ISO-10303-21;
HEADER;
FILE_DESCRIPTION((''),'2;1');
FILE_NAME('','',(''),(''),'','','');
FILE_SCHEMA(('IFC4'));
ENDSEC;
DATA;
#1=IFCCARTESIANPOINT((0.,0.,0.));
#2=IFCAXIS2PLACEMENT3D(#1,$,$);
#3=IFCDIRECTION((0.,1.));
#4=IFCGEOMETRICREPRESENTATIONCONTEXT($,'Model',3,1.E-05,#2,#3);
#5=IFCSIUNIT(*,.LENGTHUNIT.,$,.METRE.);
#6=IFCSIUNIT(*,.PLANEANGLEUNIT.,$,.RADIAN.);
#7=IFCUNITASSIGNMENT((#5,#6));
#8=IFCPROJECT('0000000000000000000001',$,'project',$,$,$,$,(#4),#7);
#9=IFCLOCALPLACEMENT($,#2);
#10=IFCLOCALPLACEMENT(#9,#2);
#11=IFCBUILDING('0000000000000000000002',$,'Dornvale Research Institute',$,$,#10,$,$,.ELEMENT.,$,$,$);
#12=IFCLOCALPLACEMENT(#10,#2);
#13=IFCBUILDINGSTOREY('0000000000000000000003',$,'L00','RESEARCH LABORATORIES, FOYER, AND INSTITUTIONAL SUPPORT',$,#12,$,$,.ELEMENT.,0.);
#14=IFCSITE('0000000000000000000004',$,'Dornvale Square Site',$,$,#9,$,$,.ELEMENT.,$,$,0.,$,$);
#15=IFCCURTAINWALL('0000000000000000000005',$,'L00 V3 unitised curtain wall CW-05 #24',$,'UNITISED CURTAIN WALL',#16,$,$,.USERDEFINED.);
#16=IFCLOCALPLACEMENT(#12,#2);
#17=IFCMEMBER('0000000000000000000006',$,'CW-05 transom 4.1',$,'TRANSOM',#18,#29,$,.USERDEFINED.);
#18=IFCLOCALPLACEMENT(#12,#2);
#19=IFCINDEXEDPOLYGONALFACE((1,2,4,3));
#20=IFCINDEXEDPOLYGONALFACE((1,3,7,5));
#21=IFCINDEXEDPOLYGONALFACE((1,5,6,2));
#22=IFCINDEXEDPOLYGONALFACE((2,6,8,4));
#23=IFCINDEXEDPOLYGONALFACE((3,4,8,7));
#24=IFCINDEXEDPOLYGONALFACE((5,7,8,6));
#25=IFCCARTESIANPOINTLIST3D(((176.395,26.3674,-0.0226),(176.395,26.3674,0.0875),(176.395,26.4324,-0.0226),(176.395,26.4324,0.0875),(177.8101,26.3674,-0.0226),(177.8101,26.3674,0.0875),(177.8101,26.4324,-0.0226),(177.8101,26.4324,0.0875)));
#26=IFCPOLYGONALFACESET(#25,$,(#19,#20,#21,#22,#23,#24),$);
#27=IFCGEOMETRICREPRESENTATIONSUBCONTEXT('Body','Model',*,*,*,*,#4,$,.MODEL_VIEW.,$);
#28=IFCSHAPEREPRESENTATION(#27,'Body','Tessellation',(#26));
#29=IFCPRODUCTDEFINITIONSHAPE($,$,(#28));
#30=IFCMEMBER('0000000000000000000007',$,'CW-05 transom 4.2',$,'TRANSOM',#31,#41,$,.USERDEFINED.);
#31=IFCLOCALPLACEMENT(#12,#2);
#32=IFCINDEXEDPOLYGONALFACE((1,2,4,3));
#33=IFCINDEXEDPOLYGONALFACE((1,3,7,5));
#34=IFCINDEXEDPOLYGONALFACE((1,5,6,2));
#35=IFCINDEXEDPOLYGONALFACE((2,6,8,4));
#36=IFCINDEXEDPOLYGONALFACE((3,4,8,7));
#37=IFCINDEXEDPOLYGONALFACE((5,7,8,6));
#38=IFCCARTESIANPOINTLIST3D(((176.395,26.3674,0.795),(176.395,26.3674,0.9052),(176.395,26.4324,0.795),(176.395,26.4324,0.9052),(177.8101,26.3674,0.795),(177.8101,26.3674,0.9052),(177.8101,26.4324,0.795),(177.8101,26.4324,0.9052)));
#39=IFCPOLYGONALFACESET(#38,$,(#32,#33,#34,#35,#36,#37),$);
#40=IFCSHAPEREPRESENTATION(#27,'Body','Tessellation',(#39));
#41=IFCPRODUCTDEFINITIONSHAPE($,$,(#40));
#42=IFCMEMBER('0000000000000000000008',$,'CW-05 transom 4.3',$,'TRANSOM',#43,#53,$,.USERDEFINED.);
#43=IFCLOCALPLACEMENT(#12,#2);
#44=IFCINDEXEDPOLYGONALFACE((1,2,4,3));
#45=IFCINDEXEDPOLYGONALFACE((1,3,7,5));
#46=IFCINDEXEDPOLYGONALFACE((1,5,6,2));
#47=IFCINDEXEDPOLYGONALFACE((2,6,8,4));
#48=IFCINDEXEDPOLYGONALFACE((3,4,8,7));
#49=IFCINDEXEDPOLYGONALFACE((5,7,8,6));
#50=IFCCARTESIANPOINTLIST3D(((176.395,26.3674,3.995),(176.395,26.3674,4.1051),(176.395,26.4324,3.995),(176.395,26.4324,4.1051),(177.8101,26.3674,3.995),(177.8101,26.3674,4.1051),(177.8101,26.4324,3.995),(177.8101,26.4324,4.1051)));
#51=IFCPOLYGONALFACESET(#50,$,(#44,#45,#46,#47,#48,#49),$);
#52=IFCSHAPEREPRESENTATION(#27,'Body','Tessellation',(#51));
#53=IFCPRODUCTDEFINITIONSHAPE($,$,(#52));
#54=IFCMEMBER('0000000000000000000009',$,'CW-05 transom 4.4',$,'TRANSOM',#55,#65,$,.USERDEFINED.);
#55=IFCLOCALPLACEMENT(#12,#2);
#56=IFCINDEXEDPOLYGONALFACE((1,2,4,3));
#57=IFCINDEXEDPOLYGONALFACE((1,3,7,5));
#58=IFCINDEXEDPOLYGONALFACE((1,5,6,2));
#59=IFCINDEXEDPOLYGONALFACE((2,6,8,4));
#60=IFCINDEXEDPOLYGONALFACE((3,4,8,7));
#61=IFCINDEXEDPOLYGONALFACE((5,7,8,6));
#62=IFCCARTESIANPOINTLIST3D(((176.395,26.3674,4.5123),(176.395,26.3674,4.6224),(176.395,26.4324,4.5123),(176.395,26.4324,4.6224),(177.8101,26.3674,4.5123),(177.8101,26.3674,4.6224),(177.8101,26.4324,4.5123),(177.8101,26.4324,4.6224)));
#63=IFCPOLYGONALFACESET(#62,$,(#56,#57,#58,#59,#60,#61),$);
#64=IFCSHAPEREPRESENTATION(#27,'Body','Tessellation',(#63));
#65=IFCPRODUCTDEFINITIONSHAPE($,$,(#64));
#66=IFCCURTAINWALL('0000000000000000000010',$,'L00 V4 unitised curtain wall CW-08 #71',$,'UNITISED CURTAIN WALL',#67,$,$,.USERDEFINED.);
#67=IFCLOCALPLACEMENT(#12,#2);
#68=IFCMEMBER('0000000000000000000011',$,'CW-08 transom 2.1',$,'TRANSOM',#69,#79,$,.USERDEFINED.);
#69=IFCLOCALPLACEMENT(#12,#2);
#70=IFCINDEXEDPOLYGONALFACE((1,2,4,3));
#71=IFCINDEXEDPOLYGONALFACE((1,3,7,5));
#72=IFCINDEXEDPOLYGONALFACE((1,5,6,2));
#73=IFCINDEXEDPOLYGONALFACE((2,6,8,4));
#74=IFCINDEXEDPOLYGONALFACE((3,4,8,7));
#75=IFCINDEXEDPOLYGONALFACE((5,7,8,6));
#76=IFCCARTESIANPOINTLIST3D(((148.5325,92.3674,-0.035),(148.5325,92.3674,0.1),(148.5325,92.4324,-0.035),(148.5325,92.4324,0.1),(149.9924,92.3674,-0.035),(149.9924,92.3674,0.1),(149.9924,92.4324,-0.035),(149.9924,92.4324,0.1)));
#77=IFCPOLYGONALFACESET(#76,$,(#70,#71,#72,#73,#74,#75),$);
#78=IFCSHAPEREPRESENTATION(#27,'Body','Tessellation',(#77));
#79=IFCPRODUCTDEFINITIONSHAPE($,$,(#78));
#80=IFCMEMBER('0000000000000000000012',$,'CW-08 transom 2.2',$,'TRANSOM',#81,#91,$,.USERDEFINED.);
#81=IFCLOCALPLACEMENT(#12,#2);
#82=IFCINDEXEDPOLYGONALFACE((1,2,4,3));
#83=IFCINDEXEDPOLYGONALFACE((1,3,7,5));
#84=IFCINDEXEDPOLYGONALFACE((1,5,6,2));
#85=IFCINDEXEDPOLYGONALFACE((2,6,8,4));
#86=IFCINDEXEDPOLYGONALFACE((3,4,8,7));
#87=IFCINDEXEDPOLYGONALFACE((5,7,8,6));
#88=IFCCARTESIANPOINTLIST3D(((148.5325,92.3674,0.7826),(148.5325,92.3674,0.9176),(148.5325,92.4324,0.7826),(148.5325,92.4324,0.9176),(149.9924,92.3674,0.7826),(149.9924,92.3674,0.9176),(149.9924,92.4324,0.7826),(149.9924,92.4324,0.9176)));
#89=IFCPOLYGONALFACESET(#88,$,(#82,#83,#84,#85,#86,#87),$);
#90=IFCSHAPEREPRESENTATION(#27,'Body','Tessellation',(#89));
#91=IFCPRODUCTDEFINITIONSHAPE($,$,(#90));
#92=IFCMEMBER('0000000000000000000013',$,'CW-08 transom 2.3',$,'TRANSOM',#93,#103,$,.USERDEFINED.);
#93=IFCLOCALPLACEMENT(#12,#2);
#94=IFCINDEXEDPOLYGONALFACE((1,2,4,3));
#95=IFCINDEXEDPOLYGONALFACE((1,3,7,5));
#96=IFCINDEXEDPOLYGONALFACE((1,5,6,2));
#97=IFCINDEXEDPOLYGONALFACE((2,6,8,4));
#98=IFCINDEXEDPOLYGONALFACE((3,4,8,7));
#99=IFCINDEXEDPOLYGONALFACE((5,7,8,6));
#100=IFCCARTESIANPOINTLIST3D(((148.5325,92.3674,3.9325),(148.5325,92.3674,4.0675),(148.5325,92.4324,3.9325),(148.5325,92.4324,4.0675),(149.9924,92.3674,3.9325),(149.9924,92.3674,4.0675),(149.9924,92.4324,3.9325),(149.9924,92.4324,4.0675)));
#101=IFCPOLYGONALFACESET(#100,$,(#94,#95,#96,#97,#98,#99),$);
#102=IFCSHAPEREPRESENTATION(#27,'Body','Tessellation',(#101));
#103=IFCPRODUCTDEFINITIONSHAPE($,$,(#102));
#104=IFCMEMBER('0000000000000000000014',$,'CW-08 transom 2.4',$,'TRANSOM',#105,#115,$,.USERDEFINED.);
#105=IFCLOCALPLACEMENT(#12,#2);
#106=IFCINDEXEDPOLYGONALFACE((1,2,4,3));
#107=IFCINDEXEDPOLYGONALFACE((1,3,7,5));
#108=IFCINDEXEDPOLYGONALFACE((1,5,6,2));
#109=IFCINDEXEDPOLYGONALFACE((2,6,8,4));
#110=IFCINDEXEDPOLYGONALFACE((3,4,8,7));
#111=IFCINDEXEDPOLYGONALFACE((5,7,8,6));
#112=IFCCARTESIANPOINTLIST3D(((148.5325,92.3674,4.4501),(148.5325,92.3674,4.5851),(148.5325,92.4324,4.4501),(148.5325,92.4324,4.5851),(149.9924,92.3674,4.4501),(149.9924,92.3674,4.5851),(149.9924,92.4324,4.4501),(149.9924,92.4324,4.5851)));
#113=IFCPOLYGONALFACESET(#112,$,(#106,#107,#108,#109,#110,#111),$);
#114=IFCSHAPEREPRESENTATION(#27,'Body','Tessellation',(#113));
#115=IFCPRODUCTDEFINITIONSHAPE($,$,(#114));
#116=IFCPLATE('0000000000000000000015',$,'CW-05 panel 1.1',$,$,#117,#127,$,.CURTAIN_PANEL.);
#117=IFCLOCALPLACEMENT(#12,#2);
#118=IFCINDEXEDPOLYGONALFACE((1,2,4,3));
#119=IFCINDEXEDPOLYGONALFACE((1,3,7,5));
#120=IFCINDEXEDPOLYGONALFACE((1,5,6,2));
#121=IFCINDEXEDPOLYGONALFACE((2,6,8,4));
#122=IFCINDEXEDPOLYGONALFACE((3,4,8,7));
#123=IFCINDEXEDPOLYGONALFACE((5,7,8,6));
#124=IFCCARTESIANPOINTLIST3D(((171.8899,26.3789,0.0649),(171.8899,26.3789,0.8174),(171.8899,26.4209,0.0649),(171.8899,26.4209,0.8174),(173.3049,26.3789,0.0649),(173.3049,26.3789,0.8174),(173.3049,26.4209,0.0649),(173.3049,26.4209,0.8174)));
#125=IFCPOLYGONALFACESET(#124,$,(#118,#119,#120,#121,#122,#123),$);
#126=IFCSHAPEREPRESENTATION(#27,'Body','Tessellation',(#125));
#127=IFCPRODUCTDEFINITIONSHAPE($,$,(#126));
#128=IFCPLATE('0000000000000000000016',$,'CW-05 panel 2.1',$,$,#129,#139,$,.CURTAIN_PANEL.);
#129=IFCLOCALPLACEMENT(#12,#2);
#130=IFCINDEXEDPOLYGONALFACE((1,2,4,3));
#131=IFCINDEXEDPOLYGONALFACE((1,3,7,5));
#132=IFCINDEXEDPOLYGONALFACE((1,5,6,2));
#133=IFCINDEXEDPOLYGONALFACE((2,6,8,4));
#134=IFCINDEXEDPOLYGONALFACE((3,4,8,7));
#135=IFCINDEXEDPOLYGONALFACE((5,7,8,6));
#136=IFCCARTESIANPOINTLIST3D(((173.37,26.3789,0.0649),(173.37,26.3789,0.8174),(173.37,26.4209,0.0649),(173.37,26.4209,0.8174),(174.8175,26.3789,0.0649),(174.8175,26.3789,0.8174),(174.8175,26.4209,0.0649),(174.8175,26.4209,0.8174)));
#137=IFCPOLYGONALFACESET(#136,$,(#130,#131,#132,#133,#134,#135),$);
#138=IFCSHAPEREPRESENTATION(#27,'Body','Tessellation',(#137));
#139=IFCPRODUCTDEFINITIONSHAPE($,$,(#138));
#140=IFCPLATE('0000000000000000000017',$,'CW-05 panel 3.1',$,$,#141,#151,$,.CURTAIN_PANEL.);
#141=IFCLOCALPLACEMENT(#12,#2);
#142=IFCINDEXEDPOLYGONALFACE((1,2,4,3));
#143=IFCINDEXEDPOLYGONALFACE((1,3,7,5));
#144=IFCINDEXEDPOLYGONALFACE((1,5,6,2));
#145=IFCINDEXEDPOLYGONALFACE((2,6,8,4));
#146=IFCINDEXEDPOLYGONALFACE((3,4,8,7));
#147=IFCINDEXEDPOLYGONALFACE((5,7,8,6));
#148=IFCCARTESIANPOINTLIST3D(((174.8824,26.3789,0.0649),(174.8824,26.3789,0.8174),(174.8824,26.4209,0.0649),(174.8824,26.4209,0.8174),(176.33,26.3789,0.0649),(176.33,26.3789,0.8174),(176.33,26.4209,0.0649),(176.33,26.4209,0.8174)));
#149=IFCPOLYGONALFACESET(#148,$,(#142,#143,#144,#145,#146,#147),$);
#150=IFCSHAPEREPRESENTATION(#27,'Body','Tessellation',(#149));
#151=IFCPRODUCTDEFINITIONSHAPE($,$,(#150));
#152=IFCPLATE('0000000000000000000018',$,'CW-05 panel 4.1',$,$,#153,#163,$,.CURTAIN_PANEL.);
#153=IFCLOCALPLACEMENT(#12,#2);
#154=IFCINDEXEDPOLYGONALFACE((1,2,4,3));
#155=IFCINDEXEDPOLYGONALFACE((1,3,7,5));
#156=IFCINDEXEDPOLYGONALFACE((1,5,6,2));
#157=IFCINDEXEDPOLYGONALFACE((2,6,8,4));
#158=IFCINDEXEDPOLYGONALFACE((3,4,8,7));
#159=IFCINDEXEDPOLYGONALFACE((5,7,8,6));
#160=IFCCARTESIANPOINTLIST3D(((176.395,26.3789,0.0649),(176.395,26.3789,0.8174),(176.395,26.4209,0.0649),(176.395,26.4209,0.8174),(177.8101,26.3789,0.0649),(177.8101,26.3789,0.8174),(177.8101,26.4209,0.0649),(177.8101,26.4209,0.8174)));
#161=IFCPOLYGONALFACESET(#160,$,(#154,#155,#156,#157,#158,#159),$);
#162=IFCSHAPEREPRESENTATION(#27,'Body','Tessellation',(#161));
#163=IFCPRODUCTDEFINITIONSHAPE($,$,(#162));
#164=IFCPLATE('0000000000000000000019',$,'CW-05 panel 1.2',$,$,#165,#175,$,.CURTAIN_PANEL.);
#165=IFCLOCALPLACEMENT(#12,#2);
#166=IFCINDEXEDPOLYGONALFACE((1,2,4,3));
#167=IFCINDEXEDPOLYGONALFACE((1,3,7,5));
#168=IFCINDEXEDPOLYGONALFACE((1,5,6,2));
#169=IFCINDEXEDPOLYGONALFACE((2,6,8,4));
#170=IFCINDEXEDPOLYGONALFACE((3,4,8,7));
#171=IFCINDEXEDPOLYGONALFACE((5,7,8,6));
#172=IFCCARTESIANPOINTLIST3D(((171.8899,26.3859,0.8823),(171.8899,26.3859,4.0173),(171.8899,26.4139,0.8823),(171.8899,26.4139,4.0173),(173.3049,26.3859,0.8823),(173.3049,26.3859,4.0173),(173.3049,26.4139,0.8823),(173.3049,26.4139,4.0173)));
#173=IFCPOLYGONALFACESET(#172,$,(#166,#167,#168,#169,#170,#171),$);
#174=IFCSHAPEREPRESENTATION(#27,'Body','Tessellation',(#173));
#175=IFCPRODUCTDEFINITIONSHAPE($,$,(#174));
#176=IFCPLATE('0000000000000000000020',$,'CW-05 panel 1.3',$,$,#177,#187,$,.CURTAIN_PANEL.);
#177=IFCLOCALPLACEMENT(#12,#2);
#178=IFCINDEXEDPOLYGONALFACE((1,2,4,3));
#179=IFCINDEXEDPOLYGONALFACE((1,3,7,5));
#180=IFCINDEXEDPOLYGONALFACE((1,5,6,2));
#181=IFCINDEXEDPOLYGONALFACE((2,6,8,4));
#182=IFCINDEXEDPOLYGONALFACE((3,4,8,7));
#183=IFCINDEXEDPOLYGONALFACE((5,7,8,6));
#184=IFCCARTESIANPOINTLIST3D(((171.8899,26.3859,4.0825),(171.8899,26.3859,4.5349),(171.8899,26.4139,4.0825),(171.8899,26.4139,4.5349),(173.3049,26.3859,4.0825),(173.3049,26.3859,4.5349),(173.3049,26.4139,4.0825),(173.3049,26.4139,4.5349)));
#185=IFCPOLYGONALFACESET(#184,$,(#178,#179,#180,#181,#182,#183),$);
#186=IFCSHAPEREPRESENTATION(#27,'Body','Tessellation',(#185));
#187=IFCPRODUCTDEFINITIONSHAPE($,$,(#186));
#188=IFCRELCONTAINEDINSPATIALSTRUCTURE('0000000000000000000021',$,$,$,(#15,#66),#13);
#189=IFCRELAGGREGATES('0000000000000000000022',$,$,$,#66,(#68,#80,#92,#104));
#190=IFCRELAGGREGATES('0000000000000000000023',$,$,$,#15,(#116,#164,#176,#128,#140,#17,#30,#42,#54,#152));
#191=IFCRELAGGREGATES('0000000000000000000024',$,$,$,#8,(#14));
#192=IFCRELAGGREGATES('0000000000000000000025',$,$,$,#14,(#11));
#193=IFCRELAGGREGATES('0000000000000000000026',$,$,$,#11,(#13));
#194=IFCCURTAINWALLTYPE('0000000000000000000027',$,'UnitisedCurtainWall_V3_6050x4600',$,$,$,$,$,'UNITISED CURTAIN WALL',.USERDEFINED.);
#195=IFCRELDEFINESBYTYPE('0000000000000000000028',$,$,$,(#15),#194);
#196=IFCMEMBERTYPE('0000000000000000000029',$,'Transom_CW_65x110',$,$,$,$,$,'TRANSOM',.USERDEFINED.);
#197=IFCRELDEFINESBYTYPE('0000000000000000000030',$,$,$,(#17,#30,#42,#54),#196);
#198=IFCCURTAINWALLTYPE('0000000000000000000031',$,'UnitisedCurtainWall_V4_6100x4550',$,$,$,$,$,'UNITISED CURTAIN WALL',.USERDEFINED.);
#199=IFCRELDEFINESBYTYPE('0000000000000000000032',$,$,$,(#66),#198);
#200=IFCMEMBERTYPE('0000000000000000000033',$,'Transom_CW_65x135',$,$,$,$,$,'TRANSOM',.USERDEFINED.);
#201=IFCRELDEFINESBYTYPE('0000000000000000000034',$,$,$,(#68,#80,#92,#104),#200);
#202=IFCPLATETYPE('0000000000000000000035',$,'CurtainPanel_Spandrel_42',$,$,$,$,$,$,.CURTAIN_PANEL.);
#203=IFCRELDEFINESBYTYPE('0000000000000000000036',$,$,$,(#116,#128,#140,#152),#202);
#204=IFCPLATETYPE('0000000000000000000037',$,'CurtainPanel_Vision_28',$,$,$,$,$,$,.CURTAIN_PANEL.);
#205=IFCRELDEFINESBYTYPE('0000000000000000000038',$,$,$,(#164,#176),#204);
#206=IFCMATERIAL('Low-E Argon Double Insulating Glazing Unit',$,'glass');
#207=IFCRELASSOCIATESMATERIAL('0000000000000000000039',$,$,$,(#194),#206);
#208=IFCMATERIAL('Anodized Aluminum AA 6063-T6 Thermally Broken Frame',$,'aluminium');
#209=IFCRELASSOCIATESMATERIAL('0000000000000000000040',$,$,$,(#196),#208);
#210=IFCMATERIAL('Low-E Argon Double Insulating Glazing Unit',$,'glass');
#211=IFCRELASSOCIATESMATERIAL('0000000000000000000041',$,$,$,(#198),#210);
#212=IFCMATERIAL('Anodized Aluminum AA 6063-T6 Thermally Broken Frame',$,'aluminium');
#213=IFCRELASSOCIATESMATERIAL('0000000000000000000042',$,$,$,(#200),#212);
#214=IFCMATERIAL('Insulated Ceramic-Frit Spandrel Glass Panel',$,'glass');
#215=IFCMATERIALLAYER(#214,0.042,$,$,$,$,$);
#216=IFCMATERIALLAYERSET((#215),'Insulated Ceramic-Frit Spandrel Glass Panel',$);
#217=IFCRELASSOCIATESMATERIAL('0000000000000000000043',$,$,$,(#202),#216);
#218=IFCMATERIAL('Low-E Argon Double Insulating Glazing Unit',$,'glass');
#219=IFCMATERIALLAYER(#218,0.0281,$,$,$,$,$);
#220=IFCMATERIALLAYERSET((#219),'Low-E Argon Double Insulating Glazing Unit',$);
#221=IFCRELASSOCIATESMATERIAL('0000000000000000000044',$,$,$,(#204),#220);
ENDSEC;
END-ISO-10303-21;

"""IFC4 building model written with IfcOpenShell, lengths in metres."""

from ifc_helpers import new_model, si_unit, direction, frame, origin, origin_2d, place, context, subcontext, project, spatial, rectangle, extrude, material, layer, layer_set, material_profile, profile_set, type_object, element, aggregate, save


model = new_model("IFC4")

# Units and contexts
model_context = context("Model", 3, precision=1e-05, world=origin(), true_north=direction((0.0, 1.0)))
body_context = subcontext(model_context, "Body", "Model", "MODEL_VIEW")
ifc_project = project(units=[si_unit("LENGTHUNIT", "METRE"), si_unit("PLANEANGLEUNIT", "RADIAN")], contexts=[model_context])

# Site, building, storey
site_placement = place(None, origin())
site = spatial("IfcSite", under=ifc_project, at=site_placement, Name="Dornvale Square Site", CompositionType="ELEMENT", RefElevation=0.0)
building_placement = place(site_placement, origin())
building = spatial("IfcBuilding", under=site, at=building_placement, Name="Dornvale Research Institute", CompositionType="ELEMENT")
storey_placement = place(building_placement, origin())
storey = spatial("IfcBuildingStorey", under=building, at=storey_placement, Name="L00", Description="RESEARCH LABORATORIES, FOYER, AND INSTITUTIONAL SUPPORT", CompositionType="ELEMENT", Elevation=0.0)

# Curtain walls, members
ifc_material_1 = material(Name="Low-E Argon Double Insulating Glazing Unit", Category="glass")
curtain_wall_type_1 = type_object("IfcCurtainWallType", Name="UnitisedCurtainWall_V3_6050x4600", ElementType="UNITISED CURTAIN WALL", PredefinedType="USERDEFINED", material=ifc_material_1)
curtain_wall_1_placement = place(storey_placement, origin())
curtain_wall_1 = element("IfcCurtainWall", 1, at=curtain_wall_1_placement, inside=storey, type_object=curtain_wall_type_1, Name="L00 V3 unitised curtain wall CW-05 #24", ObjectType="UNITISED CURTAIN WALL", PredefinedType="USERDEFINED")
ifc_material_2 = material(Name="Anodized Aluminum AA 6063-T6 Thermally Broken Frame", Category="aluminium")
ifc_material_profile_1 = material_profile(ifc_material_2, rectangle(XDim=0.0649, YDim=0.1101, at=origin_2d()), Name="ALU TRANSOM 65x110")
ifc_profile_set_1 = profile_set([ifc_material_profile_1], Name="Anodized Aluminum AA 6063-T6 Thermally Broken Frame")
member_type_1 = type_object("IfcMemberType", Name="Transom_CW_65x110", ElementType="TRANSOM", PredefinedType="USERDEFINED", material=ifc_profile_set_1)
member_1_placement = place(storey_placement, frame((176.395, 26.3999, 0.0325), z_axis=(1.0, 0.0, 0.0), x_axis=(0.0, 1.0, 0.0)))
member_1 = element("IfcMember", 2, at=member_1_placement, type_object=member_type_1, Name="CW-05 transom 4.1", ObjectType="TRANSOM", PredefinedType="USERDEFINED", context=body_context, shape_type="SweptSolid", body=[
    extrude(rectangle(XDim=0.0649, YDim=0.1101, at=origin_2d()), origin(), (0.0, 0.0, 1.0), 1.415),
])
member_2_placement = place(storey_placement, frame((176.395, 26.3999, 0.8501), z_axis=(1.0, 0.0, 0.0), x_axis=(0.0, 1.0, 0.0)))
member_2 = element("IfcMember", 3, at=member_2_placement, type_object=member_type_1, Name="CW-05 transom 4.2", ObjectType="TRANSOM", PredefinedType="USERDEFINED", context=body_context, shape_type="SweptSolid", body=[
    extrude(rectangle(XDim=0.0649, YDim=0.1101, at=origin_2d()), origin(), (0.0, 0.0, 1.0), 1.415),
])
member_3_placement = place(storey_placement, frame((176.395, 26.3999, 4.05), z_axis=(1.0, 0.0, 0.0), x_axis=(0.0, 1.0, 0.0)))
member_3 = element("IfcMember", 4, at=member_3_placement, type_object=member_type_1, Name="CW-05 transom 4.3", ObjectType="TRANSOM", PredefinedType="USERDEFINED", context=body_context, shape_type="SweptSolid", body=[
    extrude(rectangle(XDim=0.0649, YDim=0.1101, at=origin_2d()), origin(), (0.0, 0.0, 1.0), 1.415),
])
member_4_placement = place(storey_placement, frame((176.395, 26.3999, 4.5674), z_axis=(1.0, 0.0, 0.0), x_axis=(0.0, 1.0, 0.0)))
member_4 = element("IfcMember", 5, at=member_4_placement, type_object=member_type_1, Name="CW-05 transom 4.4", ObjectType="TRANSOM", PredefinedType="USERDEFINED", context=body_context, shape_type="SweptSolid", body=[
    extrude(rectangle(XDim=0.0649, YDim=0.1101, at=origin_2d()), origin(), (0.0, 0.0, 1.0), 1.415),
])
ifc_material_3 = material(Name="Low-E Argon Double Insulating Glazing Unit", Category="glass")
curtain_wall_type_2 = type_object("IfcCurtainWallType", Name="UnitisedCurtainWall_V4_6100x4550", ElementType="UNITISED CURTAIN WALL", PredefinedType="USERDEFINED", material=ifc_material_3)
curtain_wall_2_placement = place(storey_placement, origin())
curtain_wall_2 = element("IfcCurtainWall", 6, at=curtain_wall_2_placement, inside=storey, type_object=curtain_wall_type_2, Name="L00 V4 unitised curtain wall CW-08 #71", ObjectType="UNITISED CURTAIN WALL", PredefinedType="USERDEFINED")
ifc_material_4 = material(Name="Anodized Aluminum AA 6063-T6 Thermally Broken Frame", Category="aluminium")
ifc_material_profile_2 = material_profile(ifc_material_4, rectangle(XDim=0.0649, YDim=0.135, at=origin_2d()), Name="ALU TRANSOM 65x135")
ifc_profile_set_2 = profile_set([ifc_material_profile_2], Name="Anodized Aluminum AA 6063-T6 Thermally Broken Frame")
member_type_2 = type_object("IfcMemberType", Name="Transom_CW_65x135", ElementType="TRANSOM", PredefinedType="USERDEFINED", material=ifc_profile_set_2)
member_5_placement = place(storey_placement, frame((149.9924, 92.3999, 0.0325), z_axis=(-1.0, 0.0, 0.0), x_axis=(0.0, -1.0, 0.0)))
member_5 = element("IfcMember", 7, at=member_5_placement, type_object=member_type_2, Name="CW-08 transom 2.1", ObjectType="TRANSOM", PredefinedType="USERDEFINED", context=body_context, shape_type="SweptSolid", body=[
    extrude(rectangle(XDim=0.0649, YDim=0.135, at=origin_2d()), origin(), (0.0, 0.0, 1.0), 1.46),
])
member_6_placement = place(storey_placement, frame((149.9924, 92.3999, 0.8501), z_axis=(-1.0, 0.0, 0.0), x_axis=(0.0, -1.0, 0.0)))
member_6 = element("IfcMember", 8, at=member_6_placement, type_object=member_type_2, Name="CW-08 transom 2.2", ObjectType="TRANSOM", PredefinedType="USERDEFINED", context=body_context, shape_type="SweptSolid", body=[
    extrude(rectangle(XDim=0.0649, YDim=0.135, at=origin_2d()), origin(), (0.0, 0.0, 1.0), 1.46),
])
member_7_placement = place(storey_placement, frame((149.9924, 92.3999, 4.0), z_axis=(-1.0, 0.0, 0.0), x_axis=(0.0, -1.0, 0.0)))
member_7 = element("IfcMember", 9, at=member_7_placement, type_object=member_type_2, Name="CW-08 transom 2.3", ObjectType="TRANSOM", PredefinedType="USERDEFINED", context=body_context, shape_type="SweptSolid", body=[
    extrude(rectangle(XDim=0.0649, YDim=0.135, at=origin_2d()), origin(), (0.0, 0.0, 1.0), 1.46),
])
member_8_placement = place(storey_placement, frame((149.9924, 92.3999, 4.5176), z_axis=(-1.0, 0.0, 0.0), x_axis=(0.0, -1.0, 0.0)))
member_8 = element("IfcMember", 10, at=member_8_placement, type_object=member_type_2, Name="CW-08 transom 2.4", ObjectType="TRANSOM", PredefinedType="USERDEFINED", context=body_context, shape_type="SweptSolid", body=[
    extrude(rectangle(XDim=0.0649, YDim=0.135, at=origin_2d()), origin(), (0.0, 0.0, 1.0), 1.46),
])
aggregate(curtain_wall_2, [member_5, member_6, member_7, member_8])

# Plates
ifc_material_5 = material(Name="Insulated Ceramic-Frit Spandrel Glass Panel", Category="glass")
ifc_layer_1 = layer(ifc_material_5, 0.042)
ifc_layer_set_1 = layer_set([ifc_layer_1], Name="Insulated Ceramic-Frit Spandrel Glass Panel")
plate_type_1 = type_object("IfcPlateType", Name="CurtainPanel_Spandrel_42", PredefinedType="CURTAIN_PANEL", material=ifc_layer_set_1)
plate_1_placement = place(storey_placement, frame((172.5974, 26.3999, 0.0649), z_axis=(0.0, 0.0, 1.0), x_axis=(1.0, 0.0, 0.0)))
plate_1 = element("IfcPlate", 11, at=plate_1_placement, type_object=plate_type_1, Name="CW-05 panel 1.1", PredefinedType="CURTAIN_PANEL", context=body_context, shape_type="SweptSolid", body=[
    extrude(rectangle(XDim=1.415, YDim=0.042, at=origin_2d()), origin(), (0.0, 0.0, 1.0), 0.7524),
])
plate_2_placement = place(storey_placement, frame((174.0938, 26.3999, 0.0649), z_axis=(0.0, 0.0, 1.0), x_axis=(1.0, 0.0, 0.0)))
plate_2 = element("IfcPlate", 12, at=plate_2_placement, type_object=plate_type_1, Name="CW-05 panel 2.1", PredefinedType="CURTAIN_PANEL", context=body_context, shape_type="SweptSolid", body=[
    extrude(rectangle(XDim=1.4475, YDim=0.042, at=origin_2d()), origin(), (0.0, 0.0, 1.0), 0.7524),
])
plate_3_placement = place(storey_placement, frame((175.6062, 26.3999, 0.0649), z_axis=(0.0, 0.0, 1.0), x_axis=(1.0, 0.0, 0.0)))
plate_3 = element("IfcPlate", 13, at=plate_3_placement, type_object=plate_type_1, Name="CW-05 panel 3.1", PredefinedType="CURTAIN_PANEL", context=body_context, shape_type="SweptSolid", body=[
    extrude(rectangle(XDim=1.4475, YDim=0.042, at=origin_2d()), origin(), (0.0, 0.0, 1.0), 0.7524),
])
plate_4_placement = place(storey_placement, frame((177.1025, 26.3999, 0.0649), z_axis=(0.0, 0.0, 1.0), x_axis=(1.0, 0.0, 0.0)))
plate_4 = element("IfcPlate", 14, at=plate_4_placement, type_object=plate_type_1, Name="CW-05 panel 4.1", PredefinedType="CURTAIN_PANEL", context=body_context, shape_type="SweptSolid", body=[
    extrude(rectangle(XDim=1.415, YDim=0.042, at=origin_2d()), origin(), (0.0, 0.0, 1.0), 0.7524),
])
ifc_material_6 = material(Name="Low-E Argon Double Insulating Glazing Unit", Category="glass")
ifc_layer_2 = layer(ifc_material_6, 0.0281)
ifc_layer_set_2 = layer_set([ifc_layer_2], Name="Low-E Argon Double Insulating Glazing Unit")
plate_type_2 = type_object("IfcPlateType", Name="CurtainPanel_Vision_28", PredefinedType="CURTAIN_PANEL", material=ifc_layer_set_2)
plate_5_placement = place(storey_placement, frame((172.5974, 26.3999, 0.8823), z_axis=(0.0, 0.0, 1.0), x_axis=(1.0, 0.0, 0.0)))
plate_5 = element("IfcPlate", 15, at=plate_5_placement, type_object=plate_type_2, Name="CW-05 panel 1.2", PredefinedType="CURTAIN_PANEL", context=body_context, shape_type="SweptSolid", body=[
    extrude(rectangle(XDim=1.415, YDim=0.0281, at=origin_2d()), origin(), (0.0, 0.0, 1.0), 3.135),
])
plate_6_placement = place(storey_placement, frame((172.5974, 26.3999, 4.0825), z_axis=(0.0, 0.0, 1.0), x_axis=(1.0, 0.0, 0.0)))
plate_6 = element("IfcPlate", 16, at=plate_6_placement, type_object=plate_type_2, Name="CW-05 panel 1.3", PredefinedType="CURTAIN_PANEL", context=body_context, shape_type="SweptSolid", body=[
    extrude(rectangle(XDim=1.415, YDim=0.0281, at=origin_2d()), origin(), (0.0, 0.0, 1.0), 0.4524),
])
aggregate(curtain_wall_1, [plate_1, plate_5, plate_6, plate_2, plate_3, member_1, member_2, member_3, member_4, plate_4])

save(model, "model.ifc")
